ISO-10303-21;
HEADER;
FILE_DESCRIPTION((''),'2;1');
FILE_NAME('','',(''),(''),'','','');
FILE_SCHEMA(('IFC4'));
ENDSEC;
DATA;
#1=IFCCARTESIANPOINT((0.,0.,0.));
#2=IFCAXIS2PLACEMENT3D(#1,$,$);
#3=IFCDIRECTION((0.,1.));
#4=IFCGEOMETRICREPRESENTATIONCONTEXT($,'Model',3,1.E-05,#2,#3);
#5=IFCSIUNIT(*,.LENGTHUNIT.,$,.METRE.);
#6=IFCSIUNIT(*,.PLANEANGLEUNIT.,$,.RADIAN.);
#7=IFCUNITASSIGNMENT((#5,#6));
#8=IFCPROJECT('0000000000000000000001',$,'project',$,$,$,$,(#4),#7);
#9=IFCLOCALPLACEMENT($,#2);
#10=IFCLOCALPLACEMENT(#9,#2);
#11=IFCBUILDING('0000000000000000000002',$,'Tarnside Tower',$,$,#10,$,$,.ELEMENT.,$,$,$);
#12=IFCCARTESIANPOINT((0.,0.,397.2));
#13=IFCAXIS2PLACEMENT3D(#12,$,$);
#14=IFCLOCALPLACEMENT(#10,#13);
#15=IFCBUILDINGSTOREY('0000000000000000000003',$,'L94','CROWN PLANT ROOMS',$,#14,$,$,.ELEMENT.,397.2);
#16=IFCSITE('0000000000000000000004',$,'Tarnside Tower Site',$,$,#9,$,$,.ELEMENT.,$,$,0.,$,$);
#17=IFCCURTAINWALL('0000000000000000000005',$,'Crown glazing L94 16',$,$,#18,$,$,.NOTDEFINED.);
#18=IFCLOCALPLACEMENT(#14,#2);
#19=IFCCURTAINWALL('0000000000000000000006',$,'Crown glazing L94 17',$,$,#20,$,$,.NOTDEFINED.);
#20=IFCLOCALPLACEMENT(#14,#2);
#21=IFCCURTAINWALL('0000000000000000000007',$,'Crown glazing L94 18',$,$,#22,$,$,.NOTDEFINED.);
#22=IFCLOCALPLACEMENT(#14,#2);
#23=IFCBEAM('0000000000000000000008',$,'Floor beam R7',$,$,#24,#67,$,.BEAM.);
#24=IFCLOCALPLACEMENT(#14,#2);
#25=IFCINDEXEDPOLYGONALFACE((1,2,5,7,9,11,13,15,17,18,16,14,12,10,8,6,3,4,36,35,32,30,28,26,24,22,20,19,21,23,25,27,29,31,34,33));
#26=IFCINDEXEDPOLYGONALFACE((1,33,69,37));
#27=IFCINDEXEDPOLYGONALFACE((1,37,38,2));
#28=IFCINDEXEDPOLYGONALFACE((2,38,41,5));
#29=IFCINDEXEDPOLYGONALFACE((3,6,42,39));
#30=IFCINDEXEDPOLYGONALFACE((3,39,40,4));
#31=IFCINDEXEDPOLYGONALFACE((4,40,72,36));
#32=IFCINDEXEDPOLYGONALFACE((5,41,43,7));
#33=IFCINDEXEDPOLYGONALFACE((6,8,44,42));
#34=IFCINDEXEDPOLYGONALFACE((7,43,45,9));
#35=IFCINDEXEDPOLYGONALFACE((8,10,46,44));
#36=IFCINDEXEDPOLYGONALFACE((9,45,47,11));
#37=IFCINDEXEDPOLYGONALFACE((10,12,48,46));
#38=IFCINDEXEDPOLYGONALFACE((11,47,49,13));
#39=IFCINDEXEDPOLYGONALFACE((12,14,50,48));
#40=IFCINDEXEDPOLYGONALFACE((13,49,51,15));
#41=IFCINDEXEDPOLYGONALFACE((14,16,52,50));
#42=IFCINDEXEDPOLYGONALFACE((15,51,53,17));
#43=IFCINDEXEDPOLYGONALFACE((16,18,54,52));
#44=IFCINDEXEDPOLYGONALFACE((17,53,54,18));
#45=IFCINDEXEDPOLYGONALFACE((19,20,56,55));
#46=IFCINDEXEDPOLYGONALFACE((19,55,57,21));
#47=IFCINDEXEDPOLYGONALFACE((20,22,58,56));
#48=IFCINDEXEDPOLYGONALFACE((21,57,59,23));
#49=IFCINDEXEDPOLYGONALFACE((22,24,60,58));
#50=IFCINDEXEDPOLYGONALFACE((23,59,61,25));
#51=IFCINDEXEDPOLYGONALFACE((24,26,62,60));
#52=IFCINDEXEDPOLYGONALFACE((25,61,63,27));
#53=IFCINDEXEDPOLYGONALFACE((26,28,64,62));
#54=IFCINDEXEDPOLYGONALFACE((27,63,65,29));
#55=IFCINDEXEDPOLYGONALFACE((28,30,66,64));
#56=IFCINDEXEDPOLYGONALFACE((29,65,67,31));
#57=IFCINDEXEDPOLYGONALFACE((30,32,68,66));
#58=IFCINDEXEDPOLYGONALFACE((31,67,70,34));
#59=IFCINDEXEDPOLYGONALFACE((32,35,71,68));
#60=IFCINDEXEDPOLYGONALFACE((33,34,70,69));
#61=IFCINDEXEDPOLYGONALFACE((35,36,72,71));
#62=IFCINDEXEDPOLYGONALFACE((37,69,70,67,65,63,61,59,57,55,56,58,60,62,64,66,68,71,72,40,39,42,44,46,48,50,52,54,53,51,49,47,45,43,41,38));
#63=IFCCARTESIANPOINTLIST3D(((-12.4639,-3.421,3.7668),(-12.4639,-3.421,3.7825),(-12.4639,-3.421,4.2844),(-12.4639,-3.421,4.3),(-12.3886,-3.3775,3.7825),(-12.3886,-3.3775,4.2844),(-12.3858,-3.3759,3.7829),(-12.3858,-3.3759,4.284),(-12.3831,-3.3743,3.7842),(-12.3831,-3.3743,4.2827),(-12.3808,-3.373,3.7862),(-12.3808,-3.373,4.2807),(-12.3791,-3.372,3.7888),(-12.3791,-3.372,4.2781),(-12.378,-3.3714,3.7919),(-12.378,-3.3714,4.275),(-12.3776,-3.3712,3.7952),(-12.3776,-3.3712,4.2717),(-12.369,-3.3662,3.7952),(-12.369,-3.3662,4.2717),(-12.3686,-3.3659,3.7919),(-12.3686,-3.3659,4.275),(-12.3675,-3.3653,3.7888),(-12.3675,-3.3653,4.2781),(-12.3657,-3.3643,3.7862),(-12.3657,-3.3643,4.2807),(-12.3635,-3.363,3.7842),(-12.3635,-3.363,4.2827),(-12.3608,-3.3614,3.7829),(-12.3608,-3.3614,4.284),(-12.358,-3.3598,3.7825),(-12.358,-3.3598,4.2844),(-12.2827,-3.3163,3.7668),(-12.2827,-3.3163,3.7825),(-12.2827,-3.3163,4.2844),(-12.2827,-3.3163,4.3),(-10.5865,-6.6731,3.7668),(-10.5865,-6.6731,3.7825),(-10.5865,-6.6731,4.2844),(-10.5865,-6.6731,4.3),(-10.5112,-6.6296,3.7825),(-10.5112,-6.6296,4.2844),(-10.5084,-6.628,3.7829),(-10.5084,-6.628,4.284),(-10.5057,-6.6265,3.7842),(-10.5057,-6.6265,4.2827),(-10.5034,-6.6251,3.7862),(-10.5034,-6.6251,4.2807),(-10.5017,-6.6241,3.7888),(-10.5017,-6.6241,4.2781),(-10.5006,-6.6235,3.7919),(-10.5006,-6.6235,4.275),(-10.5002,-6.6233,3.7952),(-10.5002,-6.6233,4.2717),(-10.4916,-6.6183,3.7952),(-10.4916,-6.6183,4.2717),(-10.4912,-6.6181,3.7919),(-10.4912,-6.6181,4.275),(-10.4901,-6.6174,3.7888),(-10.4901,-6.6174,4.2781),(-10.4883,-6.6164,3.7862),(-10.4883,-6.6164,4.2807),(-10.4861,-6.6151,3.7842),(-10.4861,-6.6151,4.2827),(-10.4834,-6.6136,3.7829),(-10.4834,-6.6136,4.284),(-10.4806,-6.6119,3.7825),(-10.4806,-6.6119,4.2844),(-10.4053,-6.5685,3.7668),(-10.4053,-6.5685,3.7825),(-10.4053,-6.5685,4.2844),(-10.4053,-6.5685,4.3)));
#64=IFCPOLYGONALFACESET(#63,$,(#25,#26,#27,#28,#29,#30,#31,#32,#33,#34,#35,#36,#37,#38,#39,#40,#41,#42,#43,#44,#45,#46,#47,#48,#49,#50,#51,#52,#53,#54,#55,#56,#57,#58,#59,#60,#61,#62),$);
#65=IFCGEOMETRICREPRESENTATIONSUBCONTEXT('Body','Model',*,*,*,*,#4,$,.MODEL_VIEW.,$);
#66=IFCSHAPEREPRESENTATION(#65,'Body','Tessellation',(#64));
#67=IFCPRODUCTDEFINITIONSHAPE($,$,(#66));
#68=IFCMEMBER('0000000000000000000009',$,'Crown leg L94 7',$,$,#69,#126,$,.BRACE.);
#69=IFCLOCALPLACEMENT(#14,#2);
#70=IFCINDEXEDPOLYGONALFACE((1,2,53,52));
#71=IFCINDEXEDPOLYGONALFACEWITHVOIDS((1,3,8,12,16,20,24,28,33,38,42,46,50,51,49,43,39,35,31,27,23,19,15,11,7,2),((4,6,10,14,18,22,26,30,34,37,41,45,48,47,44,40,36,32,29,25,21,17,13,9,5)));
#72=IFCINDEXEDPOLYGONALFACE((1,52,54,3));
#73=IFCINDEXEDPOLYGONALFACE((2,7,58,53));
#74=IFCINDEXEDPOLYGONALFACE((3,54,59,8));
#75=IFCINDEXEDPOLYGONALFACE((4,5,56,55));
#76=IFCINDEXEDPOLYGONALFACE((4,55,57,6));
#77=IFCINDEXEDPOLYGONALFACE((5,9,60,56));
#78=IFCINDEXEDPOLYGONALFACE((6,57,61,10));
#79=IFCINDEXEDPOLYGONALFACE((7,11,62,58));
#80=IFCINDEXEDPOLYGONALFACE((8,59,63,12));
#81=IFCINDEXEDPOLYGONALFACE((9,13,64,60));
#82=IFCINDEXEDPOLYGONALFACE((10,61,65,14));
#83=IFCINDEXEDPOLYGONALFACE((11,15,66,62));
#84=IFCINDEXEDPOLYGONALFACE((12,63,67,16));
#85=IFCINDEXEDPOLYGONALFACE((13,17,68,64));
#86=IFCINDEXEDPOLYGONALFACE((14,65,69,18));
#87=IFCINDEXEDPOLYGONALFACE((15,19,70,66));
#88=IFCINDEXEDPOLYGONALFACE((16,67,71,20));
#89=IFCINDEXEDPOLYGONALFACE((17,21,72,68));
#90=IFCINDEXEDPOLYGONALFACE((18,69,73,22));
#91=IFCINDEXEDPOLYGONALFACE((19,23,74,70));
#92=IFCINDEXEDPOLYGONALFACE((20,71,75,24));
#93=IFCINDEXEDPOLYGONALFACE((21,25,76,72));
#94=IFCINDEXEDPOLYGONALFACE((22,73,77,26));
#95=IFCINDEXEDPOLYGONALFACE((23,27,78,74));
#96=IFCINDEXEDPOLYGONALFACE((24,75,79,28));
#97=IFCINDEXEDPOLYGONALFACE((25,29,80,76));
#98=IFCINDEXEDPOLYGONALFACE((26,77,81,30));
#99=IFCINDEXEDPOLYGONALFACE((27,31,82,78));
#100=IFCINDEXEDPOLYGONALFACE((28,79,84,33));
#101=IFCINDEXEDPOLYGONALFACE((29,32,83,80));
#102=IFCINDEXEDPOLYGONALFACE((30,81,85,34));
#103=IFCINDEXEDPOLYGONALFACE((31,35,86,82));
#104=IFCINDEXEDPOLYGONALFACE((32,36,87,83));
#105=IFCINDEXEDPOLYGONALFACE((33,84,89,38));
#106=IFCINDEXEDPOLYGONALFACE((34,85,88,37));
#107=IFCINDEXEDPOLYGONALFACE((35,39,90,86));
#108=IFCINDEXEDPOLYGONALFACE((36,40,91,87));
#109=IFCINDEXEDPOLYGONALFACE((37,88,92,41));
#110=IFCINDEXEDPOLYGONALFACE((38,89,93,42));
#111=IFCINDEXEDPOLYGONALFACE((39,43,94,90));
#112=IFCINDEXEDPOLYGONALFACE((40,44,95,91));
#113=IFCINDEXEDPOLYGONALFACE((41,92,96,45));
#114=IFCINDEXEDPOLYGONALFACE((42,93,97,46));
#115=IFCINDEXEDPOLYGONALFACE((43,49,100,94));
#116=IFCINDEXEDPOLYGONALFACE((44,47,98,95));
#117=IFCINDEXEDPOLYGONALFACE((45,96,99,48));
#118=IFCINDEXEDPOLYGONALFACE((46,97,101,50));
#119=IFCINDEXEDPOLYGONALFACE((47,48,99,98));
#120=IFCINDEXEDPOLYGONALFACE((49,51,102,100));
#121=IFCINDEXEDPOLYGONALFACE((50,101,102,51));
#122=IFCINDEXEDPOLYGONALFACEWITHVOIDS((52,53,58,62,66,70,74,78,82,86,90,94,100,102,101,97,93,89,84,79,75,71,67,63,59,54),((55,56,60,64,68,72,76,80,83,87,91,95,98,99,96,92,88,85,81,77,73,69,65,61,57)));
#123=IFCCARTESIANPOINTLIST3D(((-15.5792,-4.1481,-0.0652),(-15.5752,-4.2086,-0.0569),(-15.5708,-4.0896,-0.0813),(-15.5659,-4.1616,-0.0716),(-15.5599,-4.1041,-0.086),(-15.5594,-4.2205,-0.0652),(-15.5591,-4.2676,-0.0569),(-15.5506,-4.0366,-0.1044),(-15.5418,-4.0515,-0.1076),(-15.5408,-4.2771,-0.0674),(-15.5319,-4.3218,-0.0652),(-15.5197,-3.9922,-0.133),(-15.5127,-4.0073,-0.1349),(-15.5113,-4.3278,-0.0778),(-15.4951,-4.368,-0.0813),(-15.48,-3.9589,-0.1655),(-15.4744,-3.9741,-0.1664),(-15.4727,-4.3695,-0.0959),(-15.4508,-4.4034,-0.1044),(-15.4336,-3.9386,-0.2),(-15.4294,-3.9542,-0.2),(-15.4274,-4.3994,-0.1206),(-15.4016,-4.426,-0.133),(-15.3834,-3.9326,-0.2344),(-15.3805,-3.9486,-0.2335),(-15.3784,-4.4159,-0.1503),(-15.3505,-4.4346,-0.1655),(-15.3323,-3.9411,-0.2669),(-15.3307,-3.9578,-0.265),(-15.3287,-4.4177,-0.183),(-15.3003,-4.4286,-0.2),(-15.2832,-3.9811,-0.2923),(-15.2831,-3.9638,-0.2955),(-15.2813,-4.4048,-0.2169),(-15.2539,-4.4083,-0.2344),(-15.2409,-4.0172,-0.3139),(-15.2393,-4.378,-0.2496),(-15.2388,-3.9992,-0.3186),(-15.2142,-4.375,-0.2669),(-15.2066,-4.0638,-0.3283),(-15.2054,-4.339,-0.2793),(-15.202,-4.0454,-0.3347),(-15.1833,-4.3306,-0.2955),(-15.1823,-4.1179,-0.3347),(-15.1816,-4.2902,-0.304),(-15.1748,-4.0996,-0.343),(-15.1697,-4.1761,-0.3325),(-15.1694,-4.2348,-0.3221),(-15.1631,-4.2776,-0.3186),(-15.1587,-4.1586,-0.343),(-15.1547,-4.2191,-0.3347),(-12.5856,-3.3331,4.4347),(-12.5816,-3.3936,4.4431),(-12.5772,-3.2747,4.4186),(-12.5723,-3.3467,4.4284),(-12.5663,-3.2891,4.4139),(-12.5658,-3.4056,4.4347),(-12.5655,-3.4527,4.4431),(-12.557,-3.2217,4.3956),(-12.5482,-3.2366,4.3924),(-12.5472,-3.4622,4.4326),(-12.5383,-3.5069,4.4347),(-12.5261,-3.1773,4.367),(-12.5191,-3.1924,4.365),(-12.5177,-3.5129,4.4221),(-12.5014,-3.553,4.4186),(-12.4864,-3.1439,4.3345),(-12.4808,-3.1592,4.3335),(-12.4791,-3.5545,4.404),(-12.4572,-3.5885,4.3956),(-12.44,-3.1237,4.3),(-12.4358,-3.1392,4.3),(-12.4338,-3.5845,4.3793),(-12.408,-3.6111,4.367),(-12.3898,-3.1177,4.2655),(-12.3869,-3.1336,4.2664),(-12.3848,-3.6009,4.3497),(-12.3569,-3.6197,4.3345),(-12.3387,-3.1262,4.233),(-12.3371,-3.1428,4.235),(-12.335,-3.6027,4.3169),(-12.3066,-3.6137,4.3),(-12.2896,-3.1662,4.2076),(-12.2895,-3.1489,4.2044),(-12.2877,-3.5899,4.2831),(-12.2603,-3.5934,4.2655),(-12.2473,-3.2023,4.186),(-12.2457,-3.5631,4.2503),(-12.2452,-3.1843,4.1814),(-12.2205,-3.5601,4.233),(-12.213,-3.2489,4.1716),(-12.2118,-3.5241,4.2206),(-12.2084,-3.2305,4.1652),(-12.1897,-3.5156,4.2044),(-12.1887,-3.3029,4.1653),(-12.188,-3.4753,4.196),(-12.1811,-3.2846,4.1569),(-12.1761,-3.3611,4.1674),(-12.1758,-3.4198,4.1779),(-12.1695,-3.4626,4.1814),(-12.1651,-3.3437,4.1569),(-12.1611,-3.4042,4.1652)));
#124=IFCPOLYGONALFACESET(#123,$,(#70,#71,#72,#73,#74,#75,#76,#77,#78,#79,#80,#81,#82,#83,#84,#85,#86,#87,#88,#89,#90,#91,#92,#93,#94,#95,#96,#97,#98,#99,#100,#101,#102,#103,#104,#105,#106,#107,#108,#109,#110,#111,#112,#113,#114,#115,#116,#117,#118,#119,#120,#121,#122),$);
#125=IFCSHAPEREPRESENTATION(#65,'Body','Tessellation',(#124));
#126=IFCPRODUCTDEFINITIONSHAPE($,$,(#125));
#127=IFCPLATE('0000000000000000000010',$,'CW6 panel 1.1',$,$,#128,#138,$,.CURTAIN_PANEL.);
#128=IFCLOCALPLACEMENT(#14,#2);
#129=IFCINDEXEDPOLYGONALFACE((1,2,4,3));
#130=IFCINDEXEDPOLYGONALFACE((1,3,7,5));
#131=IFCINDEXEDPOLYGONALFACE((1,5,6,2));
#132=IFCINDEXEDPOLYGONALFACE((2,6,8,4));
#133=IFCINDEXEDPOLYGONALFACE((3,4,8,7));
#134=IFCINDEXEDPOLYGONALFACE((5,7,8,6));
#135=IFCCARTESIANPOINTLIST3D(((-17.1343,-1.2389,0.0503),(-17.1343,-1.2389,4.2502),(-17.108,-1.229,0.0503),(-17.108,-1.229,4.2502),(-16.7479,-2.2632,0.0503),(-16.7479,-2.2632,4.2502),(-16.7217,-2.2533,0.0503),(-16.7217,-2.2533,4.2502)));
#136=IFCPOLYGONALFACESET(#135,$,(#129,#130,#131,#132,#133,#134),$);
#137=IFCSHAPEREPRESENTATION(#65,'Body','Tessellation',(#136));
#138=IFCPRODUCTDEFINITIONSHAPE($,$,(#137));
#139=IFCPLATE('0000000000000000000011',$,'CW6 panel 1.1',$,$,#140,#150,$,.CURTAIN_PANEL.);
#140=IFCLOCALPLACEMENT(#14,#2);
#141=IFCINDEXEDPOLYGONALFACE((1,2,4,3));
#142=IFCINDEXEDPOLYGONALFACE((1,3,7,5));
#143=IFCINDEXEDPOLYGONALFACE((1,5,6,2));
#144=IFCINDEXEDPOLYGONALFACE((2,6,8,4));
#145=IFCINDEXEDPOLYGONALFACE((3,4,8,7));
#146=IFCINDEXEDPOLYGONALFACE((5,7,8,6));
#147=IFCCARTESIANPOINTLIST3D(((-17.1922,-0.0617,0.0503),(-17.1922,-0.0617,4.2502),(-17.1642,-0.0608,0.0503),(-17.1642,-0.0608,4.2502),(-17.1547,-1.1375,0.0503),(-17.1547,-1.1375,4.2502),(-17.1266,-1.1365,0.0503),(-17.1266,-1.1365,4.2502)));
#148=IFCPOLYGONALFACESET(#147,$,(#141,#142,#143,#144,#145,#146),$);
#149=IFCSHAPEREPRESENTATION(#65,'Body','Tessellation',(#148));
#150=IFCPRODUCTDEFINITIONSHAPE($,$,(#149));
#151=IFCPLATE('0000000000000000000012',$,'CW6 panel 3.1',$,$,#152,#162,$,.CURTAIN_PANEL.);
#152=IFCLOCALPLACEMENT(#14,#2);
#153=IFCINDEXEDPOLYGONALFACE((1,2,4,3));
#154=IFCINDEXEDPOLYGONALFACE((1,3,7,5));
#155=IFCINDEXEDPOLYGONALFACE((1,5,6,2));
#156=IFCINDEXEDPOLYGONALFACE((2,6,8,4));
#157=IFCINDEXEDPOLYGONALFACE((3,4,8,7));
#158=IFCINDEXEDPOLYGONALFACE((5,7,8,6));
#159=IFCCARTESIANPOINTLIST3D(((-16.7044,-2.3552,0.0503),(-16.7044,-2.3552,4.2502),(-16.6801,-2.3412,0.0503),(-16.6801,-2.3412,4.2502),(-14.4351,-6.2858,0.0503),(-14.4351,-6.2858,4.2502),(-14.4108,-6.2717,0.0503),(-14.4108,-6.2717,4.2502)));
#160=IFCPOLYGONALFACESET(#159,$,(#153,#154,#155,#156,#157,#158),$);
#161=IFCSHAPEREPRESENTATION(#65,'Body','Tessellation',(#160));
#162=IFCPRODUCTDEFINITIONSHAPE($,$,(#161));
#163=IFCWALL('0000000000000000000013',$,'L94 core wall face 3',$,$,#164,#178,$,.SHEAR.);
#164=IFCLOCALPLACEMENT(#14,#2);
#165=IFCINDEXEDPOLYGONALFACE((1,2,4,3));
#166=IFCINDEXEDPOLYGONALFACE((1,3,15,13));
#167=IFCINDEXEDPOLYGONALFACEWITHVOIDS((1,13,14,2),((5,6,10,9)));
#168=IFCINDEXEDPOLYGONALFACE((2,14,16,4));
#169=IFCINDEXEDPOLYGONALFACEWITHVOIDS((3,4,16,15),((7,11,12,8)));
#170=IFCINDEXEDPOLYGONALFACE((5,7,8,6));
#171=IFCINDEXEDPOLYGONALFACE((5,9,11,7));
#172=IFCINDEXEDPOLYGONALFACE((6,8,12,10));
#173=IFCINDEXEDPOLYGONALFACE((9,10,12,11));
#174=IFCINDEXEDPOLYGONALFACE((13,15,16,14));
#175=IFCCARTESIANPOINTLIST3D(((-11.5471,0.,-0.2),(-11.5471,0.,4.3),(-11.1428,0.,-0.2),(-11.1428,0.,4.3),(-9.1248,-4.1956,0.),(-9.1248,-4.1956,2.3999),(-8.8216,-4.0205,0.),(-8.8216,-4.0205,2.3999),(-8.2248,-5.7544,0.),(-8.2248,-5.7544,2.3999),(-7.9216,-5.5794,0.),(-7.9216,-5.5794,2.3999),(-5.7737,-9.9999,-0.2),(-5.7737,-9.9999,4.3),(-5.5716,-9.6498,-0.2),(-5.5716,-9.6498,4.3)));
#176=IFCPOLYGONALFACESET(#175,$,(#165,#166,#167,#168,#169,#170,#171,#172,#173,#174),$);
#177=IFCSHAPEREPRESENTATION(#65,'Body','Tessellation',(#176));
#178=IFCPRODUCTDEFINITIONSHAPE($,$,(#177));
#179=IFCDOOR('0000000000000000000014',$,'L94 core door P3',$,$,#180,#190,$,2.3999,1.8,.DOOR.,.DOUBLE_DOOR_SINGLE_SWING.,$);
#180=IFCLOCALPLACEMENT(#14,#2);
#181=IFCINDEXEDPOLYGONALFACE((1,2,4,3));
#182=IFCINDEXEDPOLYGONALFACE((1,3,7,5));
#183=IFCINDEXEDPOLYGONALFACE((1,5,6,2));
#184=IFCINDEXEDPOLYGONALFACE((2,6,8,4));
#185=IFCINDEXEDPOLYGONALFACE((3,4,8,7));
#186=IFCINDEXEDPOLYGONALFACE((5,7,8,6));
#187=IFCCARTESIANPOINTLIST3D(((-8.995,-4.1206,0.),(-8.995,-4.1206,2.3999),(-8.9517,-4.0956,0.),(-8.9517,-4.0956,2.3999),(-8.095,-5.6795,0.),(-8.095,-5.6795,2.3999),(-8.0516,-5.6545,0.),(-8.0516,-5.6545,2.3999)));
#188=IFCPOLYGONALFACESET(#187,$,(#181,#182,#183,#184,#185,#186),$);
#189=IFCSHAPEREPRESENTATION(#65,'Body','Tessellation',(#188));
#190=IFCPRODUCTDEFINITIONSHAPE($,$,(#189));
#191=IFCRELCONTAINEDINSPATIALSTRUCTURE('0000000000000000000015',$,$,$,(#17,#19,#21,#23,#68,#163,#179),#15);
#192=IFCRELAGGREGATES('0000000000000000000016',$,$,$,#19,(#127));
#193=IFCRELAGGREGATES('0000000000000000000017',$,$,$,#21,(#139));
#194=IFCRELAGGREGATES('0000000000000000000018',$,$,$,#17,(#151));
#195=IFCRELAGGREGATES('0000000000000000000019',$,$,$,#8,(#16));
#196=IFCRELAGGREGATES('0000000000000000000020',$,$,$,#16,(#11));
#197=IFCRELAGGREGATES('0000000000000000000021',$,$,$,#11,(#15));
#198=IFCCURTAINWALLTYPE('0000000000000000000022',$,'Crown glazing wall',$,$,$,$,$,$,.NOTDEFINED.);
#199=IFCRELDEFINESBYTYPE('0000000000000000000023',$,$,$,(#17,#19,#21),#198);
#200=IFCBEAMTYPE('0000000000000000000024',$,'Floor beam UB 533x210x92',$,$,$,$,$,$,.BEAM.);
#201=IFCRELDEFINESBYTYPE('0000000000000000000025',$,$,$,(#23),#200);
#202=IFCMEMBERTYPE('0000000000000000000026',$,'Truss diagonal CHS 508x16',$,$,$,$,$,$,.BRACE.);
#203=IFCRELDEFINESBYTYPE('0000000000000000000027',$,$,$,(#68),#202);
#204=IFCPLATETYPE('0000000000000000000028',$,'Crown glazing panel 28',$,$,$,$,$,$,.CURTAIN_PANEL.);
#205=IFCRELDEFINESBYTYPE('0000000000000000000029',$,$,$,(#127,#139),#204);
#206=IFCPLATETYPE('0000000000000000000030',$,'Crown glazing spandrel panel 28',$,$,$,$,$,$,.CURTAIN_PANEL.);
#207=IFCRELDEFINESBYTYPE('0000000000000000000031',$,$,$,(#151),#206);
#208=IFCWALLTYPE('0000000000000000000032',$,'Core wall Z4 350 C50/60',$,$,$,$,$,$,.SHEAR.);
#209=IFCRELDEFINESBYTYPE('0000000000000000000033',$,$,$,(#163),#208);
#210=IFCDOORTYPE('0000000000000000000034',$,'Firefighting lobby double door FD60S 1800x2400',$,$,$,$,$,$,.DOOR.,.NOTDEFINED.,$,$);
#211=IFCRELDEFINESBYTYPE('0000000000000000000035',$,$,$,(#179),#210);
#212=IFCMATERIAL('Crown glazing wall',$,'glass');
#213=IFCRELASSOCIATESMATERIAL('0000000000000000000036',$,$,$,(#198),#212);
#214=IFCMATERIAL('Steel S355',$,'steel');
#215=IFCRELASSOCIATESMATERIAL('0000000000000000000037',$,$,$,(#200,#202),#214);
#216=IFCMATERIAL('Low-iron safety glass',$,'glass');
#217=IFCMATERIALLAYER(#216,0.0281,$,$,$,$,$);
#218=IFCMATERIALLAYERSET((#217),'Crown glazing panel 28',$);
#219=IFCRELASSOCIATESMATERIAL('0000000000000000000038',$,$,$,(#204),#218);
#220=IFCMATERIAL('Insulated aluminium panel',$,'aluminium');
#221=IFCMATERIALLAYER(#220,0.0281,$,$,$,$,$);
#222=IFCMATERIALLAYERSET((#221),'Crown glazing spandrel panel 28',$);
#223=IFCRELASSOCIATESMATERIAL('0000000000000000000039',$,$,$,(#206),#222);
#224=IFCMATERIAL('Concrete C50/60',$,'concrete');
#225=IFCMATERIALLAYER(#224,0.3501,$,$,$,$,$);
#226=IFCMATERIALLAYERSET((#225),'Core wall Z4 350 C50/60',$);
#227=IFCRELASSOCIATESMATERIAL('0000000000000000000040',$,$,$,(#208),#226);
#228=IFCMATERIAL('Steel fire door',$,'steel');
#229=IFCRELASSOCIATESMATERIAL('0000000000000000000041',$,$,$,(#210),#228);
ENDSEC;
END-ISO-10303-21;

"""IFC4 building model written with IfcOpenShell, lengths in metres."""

from ifc_helpers import new_model, si_unit, direction, frame, frame_2d, origin, origin_2d, place, context, subcontext, project, spatial, polyline, rectangle, hollow_circle, i_section, outline, extrude, material, layer, layer_set, material_profile, profile_set, type_object, element, fill, aggregate, save


model = new_model("IFC4")

# Units and contexts
model_context = context("Model", 3, precision=1e-05, world=origin(), true_north=direction((0.0, 1.0)))
body_context = subcontext(model_context, "Body", "Model", "MODEL_VIEW")
ifc_project = project(units=[si_unit("LENGTHUNIT", "METRE"), si_unit("PLANEANGLEUNIT", "RADIAN")], contexts=[model_context])

# Site, building, storey
site_placement = place(None, origin())
site = spatial("IfcSite", under=ifc_project, at=site_placement, Name="Tarnside Tower Site", CompositionType="ELEMENT", RefElevation=0.0)
building_placement = place(site_placement, origin())
building = spatial("IfcBuilding", under=site, at=building_placement, Name="Tarnside Tower", CompositionType="ELEMENT")
storey_placement = place(building_placement, frame((0.0, 0.0, 397.2)))
storey = spatial("IfcBuildingStorey", under=building, at=storey_placement, Name="L94", Description="CROWN PLANT ROOMS", CompositionType="ELEMENT", Elevation=397.2)

# Curtain wall
ifc_material_1 = material(Name="Crown glazing wall", Category="glass")
curtain_wall_type = type_object("IfcCurtainWallType", Name="Crown glazing wall", PredefinedType="NOTDEFINED", material=ifc_material_1)
curtain_wall_1_placement = place(storey_placement, origin())
curtain_wall_1 = element("IfcCurtainWall", 1, at=curtain_wall_1_placement, inside=storey, type_object=curtain_wall_type, Name="Crown glazing L94 16", PredefinedType="NOTDEFINED")

# Curtain walls
curtain_wall_2_placement = place(storey_placement, origin())
curtain_wall_2 = element("IfcCurtainWall", 2, at=curtain_wall_2_placement, inside=storey, type_object=curtain_wall_type, Name="Crown glazing L94 17", PredefinedType="NOTDEFINED")
curtain_wall_3_placement = place(storey_placement, origin())
curtain_wall_3 = element("IfcCurtainWall", 3, at=curtain_wall_3_placement, inside=storey, type_object=curtain_wall_type, Name="Crown glazing L94 18", PredefinedType="NOTDEFINED")

# Beam
ifc_material_2 = material(Name="Steel S355", Category="steel")
ifc_material_profile_1 = material_profile(ifc_material_2, i_section(OverallWidth=0.2092, OverallDepth=0.5332, WebThickness=0.01, FlangeThickness=0.0156, FilletRadius=0.0127, at=origin_2d()), Name="UB 533x210x92")
ifc_profile_set_1 = profile_set([ifc_material_profile_1], Name="Steel S355")
beam_type_1 = type_object("IfcBeamType", Name="Floor beam UB 533x210x92", PredefinedType="BEAM", material=ifc_profile_set_1)
beam_1_placement = place(storey_placement, frame((-12.3733, -3.3687, 4.0334), z_axis=(0.499957, -0.86605, 0.0), x_axis=(0.86605, 0.499957, 0.0)))
element("IfcBeam", 4, at=beam_1_placement, inside=storey, type_object=beam_type_1, Name="Floor beam R7", PredefinedType="BEAM", context=body_context, shape_type="SweptSolid", body=[
    extrude(i_section(OverallWidth=0.2092, OverallDepth=0.5332, WebThickness=0.01, FlangeThickness=0.0156, FilletRadius=0.0127, at=origin_2d()), origin(), (0.0, 0.0, 1.0), 3.7551),
])

# Member
ifc_material_profile_2 = material_profile(ifc_material_2, hollow_circle(Radius=0.2539, WallThickness=0.0161, at=origin_2d()), Name="CHS 508x16")
ifc_profile_set_2 = profile_set([ifc_material_profile_2], Name="Steel S355")
member_type_1 = type_object("IfcMemberType", Name="Truss diagonal CHS 508x16", PredefinedType="BRACE", material=ifc_profile_set_2)
member_1_placement = place(storey_placement, frame((-15.3669, -4.1836, -0.2), z_axis=(0.547696, 0.149096, 0.823286), x_axis=(-0.262665, 0.964887, 0.0)))
element("IfcMember", 5, at=member_1_placement, inside=storey, type_object=member_type_1, Name="Crown leg L94 7", PredefinedType="BRACE", context=body_context, shape_type="SweptSolid", body=[
    extrude(hollow_circle(Radius=0.2539, WallThickness=0.0161, at=origin_2d()), origin(), (0.0, 0.0, 1.0), 5.4658),
])

# Plates
ifc_material_3 = material(Name="Low-iron safety glass", Category="glass")
ifc_layer_1 = layer(ifc_material_3, 0.0281)
ifc_layer_set_1 = layer_set([ifc_layer_1], Name="Crown glazing panel 28")
plate_type_1 = type_object("IfcPlateType", Name="Crown glazing panel 28", PredefinedType="CURTAIN_PANEL", material=ifc_layer_set_1)
plate_1_placement = place(storey_placement, frame((-16.928, -1.7461, 0.0503), z_axis=(0.0, 0.0, 1.0), x_axis=(-0.352931, 0.93565, 0.0)))
plate_1 = element("IfcPlate", 6, at=plate_1_placement, type_object=plate_type_1, Name="CW6 panel 1.1", PredefinedType="CURTAIN_PANEL", context=body_context, shape_type="SweptSolid", body=[
    extrude(rectangle(XDim=1.0947, YDim=0.0281, at=origin_2d()), origin(), (0.0, 0.0, 1.0), 4.2),
])
aggregate(curtain_wall_2, [plate_1])
plate_2_placement = place(storey_placement, frame((-17.1594, -0.5991, 0.0503), z_axis=(0.0, 0.0, 1.0), x_axis=(-0.034899, 0.999391, 0.0)))
plate_2 = element("IfcPlate", 7, at=plate_2_placement, type_object=plate_type_1, Name="CW6 panel 1.1", PredefinedType="CURTAIN_PANEL", context=body_context, shape_type="SweptSolid", body=[
    extrude(rectangle(XDim=1.0764, YDim=0.0281, at=origin_2d()), origin(), (0.0, 0.0, 1.0), 4.2),
])
aggregate(curtain_wall_3, [plate_2])
ifc_material_4 = material(Name="Insulated aluminium panel", Category="aluminium")
ifc_layer_2 = layer(ifc_material_4, 0.0281)
ifc_layer_set_2 = layer_set([ifc_layer_2], Name="Crown glazing spandrel panel 28")
plate_type_2 = type_object("IfcPlateType", Name="Crown glazing spandrel panel 28", PredefinedType="CURTAIN_PANEL", material=ifc_layer_set_2)
plate_3_placement = place(storey_placement, frame((-15.5576, -4.3135, 0.0503), z_axis=(0.0, 0.0, 1.0), x_axis=(-0.5, 0.866025, 0.0)))
plate_3 = element("IfcPlate", 8, at=plate_3_placement, type_object=plate_type_2, Name="CW6 panel 3.1", PredefinedType="CURTAIN_PANEL", context=body_context, shape_type="SweptSolid", body=[
    extrude(rectangle(XDim=4.5386, YDim=0.0281, at=origin_2d()), origin(), (0.0, 0.0, 1.0), 4.2),
])
aggregate(curtain_wall_1, [plate_3])

# Wall, opening, door
ifc_material_5 = material(Name="Concrete C50/60", Category="concrete")
ifc_layer_3 = layer(ifc_material_5, 0.3501)
ifc_layer_set_3 = layer_set([ifc_layer_3], Name="Core wall Z4 350 C50/60")
wall_type_1 = type_object("IfcWallType", Name="Core wall Z4 350 C50/60", PredefinedType="SHEAR", material=ifc_layer_set_3)
wall_1_placement = place(storey_placement, frame((-11.345, 0.0, -0.2), z_axis=(0.0, 0.0, 1.0), x_axis=(0.499995, -0.866028, 0.0)))
wall_1 = element("IfcWall", 9, at=wall_1_placement, inside=storey, type_object=wall_type_1, Name="L94 core wall face 3", PredefinedType="SHEAR", context=body_context, shape_type="SweptSolid", body=[
    extrude(outline(polyline([(-0.1011, -0.175), (11.4458, -0.175), (11.2437, 0.175), (0.1011, 0.175), (-0.1011, -0.175)])), origin(), (0.0, 0.0, 1.0), 4.5),
])
opening_1_placement = place(wall_1_placement, frame((4.7437, 0.0, 0.2)))
opening_1 = element("IfcOpeningElement", 10, at=opening_1_placement, cuts=wall_1, PredefinedType="OPENING", context=body_context, shape_type="SweptSolid", body=[
    extrude(rectangle(XDim=1.8, YDim=2.3999, at=frame_2d((0.8999, 1.2))), frame((0.0, 0.1851, 0.0), z_axis=(0.0, -1.0, 0.0), x_axis=(1.0, 0.0, 0.0)), (0.0, 0.0, 1.0), 0.3701),
])
ifc_material_6 = material(Name="Steel fire door", Category="steel")
door_type_1 = type_object("IfcDoorType", Name="Firefighting lobby double door FD60S 1800x2400", OperationType="NOTDEFINED", PredefinedType="DOOR", material=ifc_material_6)
door_1_placement = place(opening_1_placement, origin())
door_1 = element("IfcDoor", 11, at=door_1_placement, inside=storey, type_object=door_type_1, Name="L94 core door P3", OperationType="DOUBLE_DOOR_SINGLE_SWING", OverallHeight=2.3999, OverallWidth=1.8, PredefinedType="DOOR", context=body_context, shape_type="SweptSolid", body=[
    extrude(rectangle(XDim=1.8, YDim=2.3999, at=frame_2d((0.8999, 1.2))), frame((0.0, 0.0249, 0.0), z_axis=(0.0, -1.0, 0.0), x_axis=(1.0, 0.0, 0.0)), (0.0, 0.0, 1.0), 0.05),
])
fill(opening_1, door_1)

save(model, "model.ifc")
